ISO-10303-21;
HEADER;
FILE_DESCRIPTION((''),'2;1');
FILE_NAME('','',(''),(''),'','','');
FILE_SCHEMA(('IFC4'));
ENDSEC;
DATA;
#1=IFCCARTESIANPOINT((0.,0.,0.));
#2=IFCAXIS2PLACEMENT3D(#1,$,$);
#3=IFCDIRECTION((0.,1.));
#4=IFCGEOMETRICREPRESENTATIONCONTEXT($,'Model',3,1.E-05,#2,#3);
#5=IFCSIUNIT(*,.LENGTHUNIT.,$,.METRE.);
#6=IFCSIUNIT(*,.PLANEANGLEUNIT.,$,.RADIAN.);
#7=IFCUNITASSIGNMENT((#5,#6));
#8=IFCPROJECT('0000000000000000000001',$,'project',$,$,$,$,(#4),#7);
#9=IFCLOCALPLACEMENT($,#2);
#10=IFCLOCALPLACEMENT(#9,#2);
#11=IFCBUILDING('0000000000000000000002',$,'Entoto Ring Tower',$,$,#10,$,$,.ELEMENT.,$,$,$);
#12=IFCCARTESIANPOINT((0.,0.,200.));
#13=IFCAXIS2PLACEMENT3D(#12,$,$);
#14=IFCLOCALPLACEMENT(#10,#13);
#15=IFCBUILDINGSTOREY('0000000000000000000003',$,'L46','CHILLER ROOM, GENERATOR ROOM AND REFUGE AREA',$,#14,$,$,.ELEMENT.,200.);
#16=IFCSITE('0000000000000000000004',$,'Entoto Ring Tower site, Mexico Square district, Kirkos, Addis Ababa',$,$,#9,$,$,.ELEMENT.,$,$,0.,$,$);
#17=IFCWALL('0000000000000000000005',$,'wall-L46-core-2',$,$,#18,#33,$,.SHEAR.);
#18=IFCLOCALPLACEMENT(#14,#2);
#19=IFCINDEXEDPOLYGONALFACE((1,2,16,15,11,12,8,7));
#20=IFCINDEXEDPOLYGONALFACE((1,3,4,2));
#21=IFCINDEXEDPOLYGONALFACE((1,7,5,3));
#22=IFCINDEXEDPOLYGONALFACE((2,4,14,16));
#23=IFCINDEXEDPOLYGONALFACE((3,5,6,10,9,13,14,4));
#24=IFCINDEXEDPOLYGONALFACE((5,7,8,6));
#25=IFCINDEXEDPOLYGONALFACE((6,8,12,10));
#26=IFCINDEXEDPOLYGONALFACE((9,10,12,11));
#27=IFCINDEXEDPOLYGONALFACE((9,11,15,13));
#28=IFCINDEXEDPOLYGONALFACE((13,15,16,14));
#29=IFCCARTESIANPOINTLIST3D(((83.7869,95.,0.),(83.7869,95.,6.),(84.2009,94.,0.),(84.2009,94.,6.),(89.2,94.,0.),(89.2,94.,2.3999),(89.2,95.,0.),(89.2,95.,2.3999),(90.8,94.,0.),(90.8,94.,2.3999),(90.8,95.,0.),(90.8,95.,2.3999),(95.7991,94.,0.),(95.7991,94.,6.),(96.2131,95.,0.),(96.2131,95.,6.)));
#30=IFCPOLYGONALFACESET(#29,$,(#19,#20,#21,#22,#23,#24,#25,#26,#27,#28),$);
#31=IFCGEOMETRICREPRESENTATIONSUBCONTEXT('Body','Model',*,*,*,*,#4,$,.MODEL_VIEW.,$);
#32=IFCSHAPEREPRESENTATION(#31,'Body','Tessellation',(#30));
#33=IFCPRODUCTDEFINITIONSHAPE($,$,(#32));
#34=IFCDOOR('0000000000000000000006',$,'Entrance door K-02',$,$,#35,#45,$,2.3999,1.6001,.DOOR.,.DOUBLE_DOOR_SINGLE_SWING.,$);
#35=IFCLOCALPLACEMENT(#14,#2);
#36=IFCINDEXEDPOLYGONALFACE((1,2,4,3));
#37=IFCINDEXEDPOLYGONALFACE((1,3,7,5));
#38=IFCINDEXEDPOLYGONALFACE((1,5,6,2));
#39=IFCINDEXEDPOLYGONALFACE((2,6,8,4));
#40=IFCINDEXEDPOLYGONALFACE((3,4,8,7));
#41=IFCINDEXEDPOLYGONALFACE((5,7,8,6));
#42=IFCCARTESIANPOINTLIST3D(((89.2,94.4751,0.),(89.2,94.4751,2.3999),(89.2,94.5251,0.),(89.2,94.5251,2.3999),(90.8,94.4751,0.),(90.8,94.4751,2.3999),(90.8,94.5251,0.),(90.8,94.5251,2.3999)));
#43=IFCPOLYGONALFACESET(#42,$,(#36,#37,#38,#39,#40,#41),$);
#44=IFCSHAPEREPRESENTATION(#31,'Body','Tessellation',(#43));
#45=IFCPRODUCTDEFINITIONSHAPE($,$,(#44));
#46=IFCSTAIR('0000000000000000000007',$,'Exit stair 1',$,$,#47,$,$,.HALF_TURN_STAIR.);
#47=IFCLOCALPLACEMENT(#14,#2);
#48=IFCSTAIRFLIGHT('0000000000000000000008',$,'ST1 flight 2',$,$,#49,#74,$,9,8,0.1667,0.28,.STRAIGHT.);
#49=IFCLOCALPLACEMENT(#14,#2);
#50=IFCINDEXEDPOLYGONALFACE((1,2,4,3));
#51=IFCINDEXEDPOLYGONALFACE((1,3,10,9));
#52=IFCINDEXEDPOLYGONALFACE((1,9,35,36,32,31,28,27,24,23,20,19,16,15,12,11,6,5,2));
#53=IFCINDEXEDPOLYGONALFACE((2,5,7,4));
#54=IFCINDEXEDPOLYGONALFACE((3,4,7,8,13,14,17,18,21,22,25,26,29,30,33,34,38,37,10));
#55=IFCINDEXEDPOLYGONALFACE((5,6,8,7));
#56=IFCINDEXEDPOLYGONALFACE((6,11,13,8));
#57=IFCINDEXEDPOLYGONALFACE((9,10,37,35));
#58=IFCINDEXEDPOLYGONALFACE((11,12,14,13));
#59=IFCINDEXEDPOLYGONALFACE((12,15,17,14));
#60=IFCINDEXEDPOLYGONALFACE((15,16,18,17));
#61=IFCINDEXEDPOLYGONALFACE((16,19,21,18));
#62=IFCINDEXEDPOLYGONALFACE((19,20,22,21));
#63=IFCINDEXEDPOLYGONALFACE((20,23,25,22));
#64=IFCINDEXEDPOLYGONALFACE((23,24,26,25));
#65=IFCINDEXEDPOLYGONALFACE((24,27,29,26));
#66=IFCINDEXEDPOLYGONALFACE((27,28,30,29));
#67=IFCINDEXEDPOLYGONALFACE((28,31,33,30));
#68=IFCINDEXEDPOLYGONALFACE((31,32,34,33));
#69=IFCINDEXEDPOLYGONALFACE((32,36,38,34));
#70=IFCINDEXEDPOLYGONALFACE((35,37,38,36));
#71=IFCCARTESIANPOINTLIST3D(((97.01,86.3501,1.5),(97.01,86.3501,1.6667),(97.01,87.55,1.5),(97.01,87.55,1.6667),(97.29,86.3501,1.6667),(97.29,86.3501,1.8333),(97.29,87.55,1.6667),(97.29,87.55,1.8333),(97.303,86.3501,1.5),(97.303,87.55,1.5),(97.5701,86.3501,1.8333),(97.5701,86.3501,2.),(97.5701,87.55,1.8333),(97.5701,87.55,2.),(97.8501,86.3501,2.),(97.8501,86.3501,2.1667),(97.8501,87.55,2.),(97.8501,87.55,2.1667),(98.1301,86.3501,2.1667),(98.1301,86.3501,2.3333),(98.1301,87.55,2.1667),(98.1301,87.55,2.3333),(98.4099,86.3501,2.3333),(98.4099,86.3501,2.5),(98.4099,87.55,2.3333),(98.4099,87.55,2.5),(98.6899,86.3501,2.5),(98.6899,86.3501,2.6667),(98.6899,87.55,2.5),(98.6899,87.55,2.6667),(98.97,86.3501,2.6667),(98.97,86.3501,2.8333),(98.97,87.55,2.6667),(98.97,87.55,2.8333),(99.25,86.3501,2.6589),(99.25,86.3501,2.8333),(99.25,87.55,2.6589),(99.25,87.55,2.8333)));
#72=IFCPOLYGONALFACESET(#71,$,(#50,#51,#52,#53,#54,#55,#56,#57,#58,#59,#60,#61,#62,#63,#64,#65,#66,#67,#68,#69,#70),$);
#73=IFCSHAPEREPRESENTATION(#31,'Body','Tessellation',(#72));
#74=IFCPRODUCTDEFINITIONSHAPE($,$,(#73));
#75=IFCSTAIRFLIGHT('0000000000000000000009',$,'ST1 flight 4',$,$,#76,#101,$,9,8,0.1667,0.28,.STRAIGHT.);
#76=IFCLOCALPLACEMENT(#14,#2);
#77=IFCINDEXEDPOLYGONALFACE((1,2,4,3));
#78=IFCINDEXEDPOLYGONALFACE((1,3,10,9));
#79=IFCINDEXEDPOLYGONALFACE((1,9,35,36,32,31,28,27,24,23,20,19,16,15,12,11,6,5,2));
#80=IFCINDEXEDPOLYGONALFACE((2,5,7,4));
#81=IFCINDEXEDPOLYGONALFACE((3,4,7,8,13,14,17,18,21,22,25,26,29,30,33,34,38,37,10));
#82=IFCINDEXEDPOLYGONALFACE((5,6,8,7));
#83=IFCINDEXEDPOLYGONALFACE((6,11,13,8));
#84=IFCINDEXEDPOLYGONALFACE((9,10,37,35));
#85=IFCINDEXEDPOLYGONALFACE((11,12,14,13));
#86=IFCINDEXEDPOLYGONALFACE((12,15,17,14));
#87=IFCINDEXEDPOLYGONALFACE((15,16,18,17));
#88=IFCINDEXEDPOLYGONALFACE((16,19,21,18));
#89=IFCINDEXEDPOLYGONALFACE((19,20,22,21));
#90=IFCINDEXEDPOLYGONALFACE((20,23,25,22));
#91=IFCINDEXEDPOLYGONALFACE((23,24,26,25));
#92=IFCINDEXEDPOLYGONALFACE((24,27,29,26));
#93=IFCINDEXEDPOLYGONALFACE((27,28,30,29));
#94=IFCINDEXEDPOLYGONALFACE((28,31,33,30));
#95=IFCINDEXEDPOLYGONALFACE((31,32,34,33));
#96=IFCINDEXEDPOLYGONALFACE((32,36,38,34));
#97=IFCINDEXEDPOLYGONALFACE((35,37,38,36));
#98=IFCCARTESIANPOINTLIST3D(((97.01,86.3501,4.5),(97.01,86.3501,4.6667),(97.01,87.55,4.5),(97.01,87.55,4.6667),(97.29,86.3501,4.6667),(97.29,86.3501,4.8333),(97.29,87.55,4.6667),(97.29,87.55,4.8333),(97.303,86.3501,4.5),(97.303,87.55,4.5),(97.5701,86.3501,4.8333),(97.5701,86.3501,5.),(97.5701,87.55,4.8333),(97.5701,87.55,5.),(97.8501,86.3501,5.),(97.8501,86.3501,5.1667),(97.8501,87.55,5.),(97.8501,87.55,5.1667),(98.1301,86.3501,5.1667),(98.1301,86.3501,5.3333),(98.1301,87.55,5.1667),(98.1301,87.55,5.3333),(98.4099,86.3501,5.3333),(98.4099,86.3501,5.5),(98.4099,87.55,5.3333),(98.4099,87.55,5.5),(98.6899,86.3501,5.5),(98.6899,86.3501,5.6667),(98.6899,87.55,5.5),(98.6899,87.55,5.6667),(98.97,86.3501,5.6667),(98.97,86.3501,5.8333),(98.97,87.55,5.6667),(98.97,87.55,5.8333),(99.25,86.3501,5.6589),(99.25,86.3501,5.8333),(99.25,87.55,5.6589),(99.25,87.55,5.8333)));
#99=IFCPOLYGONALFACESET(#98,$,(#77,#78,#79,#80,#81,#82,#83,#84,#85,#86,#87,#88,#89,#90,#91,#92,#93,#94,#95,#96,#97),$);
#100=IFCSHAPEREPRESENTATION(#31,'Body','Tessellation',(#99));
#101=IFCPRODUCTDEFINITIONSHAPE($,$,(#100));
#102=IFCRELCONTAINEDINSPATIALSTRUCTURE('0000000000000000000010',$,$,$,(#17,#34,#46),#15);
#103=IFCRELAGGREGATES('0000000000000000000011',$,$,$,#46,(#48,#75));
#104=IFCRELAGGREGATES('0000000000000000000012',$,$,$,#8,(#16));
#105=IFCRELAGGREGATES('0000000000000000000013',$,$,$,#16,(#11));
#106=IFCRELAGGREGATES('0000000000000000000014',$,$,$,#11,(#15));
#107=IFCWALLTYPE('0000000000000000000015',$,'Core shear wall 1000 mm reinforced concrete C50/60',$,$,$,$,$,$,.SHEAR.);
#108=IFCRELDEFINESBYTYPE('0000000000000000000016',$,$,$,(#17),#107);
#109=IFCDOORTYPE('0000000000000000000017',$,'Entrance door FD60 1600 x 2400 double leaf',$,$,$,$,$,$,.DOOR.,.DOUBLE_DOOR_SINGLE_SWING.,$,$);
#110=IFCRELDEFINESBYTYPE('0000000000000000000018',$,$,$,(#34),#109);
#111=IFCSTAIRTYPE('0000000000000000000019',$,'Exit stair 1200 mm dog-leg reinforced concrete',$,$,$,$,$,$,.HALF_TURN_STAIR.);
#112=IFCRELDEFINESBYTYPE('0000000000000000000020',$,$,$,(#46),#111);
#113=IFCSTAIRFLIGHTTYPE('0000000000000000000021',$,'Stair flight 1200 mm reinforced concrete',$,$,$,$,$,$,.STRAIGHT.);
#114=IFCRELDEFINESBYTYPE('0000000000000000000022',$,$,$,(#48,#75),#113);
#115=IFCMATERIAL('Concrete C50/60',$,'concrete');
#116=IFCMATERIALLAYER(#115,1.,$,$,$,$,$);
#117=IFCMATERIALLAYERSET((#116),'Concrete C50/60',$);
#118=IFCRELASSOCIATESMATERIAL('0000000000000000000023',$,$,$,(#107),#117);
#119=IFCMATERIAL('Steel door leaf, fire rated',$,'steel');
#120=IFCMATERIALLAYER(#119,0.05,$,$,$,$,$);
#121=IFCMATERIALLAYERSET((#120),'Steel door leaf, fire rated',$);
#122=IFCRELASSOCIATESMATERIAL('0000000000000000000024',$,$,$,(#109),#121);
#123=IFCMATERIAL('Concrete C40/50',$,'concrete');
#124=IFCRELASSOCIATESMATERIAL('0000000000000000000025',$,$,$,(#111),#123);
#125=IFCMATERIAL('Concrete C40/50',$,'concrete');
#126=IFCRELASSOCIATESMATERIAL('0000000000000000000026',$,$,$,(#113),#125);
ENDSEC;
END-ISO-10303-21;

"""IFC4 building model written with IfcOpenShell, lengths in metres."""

from ifc_helpers import new_model, si_unit, direction, frame, frame_2d, origin, place, context, subcontext, project, spatial, polyline, rectangle, outline, extrude, material, layer, layer_set, type_object, element, fill, aggregate, save


model = new_model("IFC4")

# Units and contexts
model_context = context("Model", 3, precision=1e-05, world=origin(), true_north=direction((0.0, 1.0)))
body_context = subcontext(model_context, "Body", "Model", "MODEL_VIEW")
ifc_project = project(units=[si_unit("LENGTHUNIT", "METRE"), si_unit("PLANEANGLEUNIT", "RADIAN")], contexts=[model_context])

# Site, building, storey
site_placement = place(None, origin())
site = spatial("IfcSite", under=ifc_project, at=site_placement, Name="Entoto Ring Tower site, Mexico Square district, Kirkos, Addis Ababa", CompositionType="ELEMENT", RefElevation=0.0)
building_placement = place(site_placement, origin())
building = spatial("IfcBuilding", under=site, at=building_placement, Name="Entoto Ring Tower", CompositionType="ELEMENT")
storey_placement = place(building_placement, frame((0.0, 0.0, 200.0)))
storey = spatial("IfcBuildingStorey", under=building, at=storey_placement, Name="L46", Description="CHILLER ROOM, GENERATOR ROOM AND REFUGE AREA", CompositionType="ELEMENT", Elevation=200.0)

# Wall, opening, door
ifc_material_1 = material(Name="Concrete C50/60", Category="concrete")
ifc_layer_1 = layer(ifc_material_1, 1.0)
ifc_layer_set_1 = layer_set([ifc_layer_1], Name="Concrete C50/60")
wall_type_1 = type_object("IfcWallType", Name="Core shear wall 1000 mm reinforced concrete C50/60", PredefinedType="SHEAR", material=ifc_layer_set_1)
wall_1_placement = place(storey_placement, frame((96.0061, 94.5, 0.0), z_axis=(0.0, 0.0, 1.0), x_axis=(-1.0, 0.0, 0.0)))
wall_1 = element("IfcWall", 1, at=wall_1_placement, inside=storey, type_object=wall_type_1, Name="wall-L46-core-2", PredefinedType="SHEAR", context=body_context, shape_type="SweptSolid", body=[
    extrude(outline(polyline([(-0.207, -0.5), (12.2192, -0.5), (11.8052, 0.5), (0.207, 0.5), (-0.207, -0.5)])), origin(), (0.0, 0.0, 1.0), 6.0),
])
opening_1_placement = place(wall_1_placement, frame((5.2061, 0.0, 0.0)))
opening_1 = element("IfcOpeningElement", 2, at=opening_1_placement, cuts=wall_1, PredefinedType="OPENING", context=body_context, shape_type="SweptSolid", body=[
    extrude(rectangle(XDim=1.6001, YDim=2.3999, at=frame_2d((0.8, 1.2))), frame((0.0, 0.51, 0.0), z_axis=(0.0, -1.0, 0.0), x_axis=(1.0, 0.0, 0.0)), (0.0, 0.0, 1.0), 1.02),
])
ifc_material_2 = material(Name="Steel door leaf, fire rated", Category="steel")
ifc_layer_2 = layer(ifc_material_2, 0.05)
ifc_layer_set_2 = layer_set([ifc_layer_2], Name="Steel door leaf, fire rated")
door_type_1 = type_object("IfcDoorType", Name="Entrance door FD60 1600 x 2400 double leaf", OperationType="DOUBLE_DOOR_SINGLE_SWING", PredefinedType="DOOR", material=ifc_layer_set_2)
door_1_placement = place(opening_1_placement, origin())
door_1 = element("IfcDoor", 3, at=door_1_placement, inside=storey, type_object=door_type_1, Name="Entrance door K-02", OperationType="DOUBLE_DOOR_SINGLE_SWING", OverallHeight=2.3999, OverallWidth=1.6001, PredefinedType="DOOR", context=body_context, shape_type="SweptSolid", body=[
    extrude(rectangle(XDim=1.6001, YDim=2.3999, at=frame_2d((0.8, 1.2))), frame((0.0, 0.0249, 0.0), z_axis=(0.0, -1.0, 0.0), x_axis=(1.0, 0.0, 0.0)), (0.0, 0.0, 1.0), 0.05),
])
fill(opening_1, door_1)

# Stair, stair flights
ifc_material_3 = material(Name="Concrete C40/50", Category="concrete")
stair_type = type_object("IfcStairType", Name="Exit stair 1200 mm dog-leg reinforced concrete", PredefinedType="HALF_TURN_STAIR", material=ifc_material_3)
stair_placement = place(storey_placement, origin())
stair = element("IfcStair", 4, at=stair_placement, inside=storey, type_object=stair_type, Name="Exit stair 1", PredefinedType="HALF_TURN_STAIR")
ifc_material_4 = material(Name="Concrete C40/50", Category="concrete")
stair_flight_type = type_object("IfcStairFlightType", Name="Stair flight 1200 mm reinforced concrete", PredefinedType="STRAIGHT", material=ifc_material_4)
stair_flight_1_placement = place(storey_placement, frame((97.01, 86.95, 1.5), z_axis=(0.0, 0.0, 1.0), x_axis=(1.0, 0.0, 0.0)))
stair_flight_1 = element("IfcStairFlight", 5, at=stair_flight_1_placement, type_object=stair_flight_type, Name="ST1 flight 2", NumberOfRisers=9, NumberOfTreads=8, PredefinedType="STRAIGHT", RiserHeight=0.1667, TreadLength=0.28, context=body_context, shape_type="SweptSolid", body=[
    extrude(outline(polyline([(0.0, 0.0), (0.0, 0.1667), (0.28, 0.1667), (0.28, 0.3333), (0.5601, 0.3333), (0.5601, 0.5), (0.8401, 0.5), (0.8401, 0.6667), (1.1201, 0.6667), (1.1201, 0.8333), (1.3999, 0.8333), (1.3999, 1.0), (1.6799, 1.0), (1.6799, 1.1667), (1.96, 1.1667), (1.96, 1.3333), (2.24, 1.3333), (2.24, 1.5), (2.24, 1.1589), (0.293, 0.0), (0.0, 0.0)])), frame((0.0, 0.6001, 0.0), z_axis=(0.0, -1.0, 0.0), x_axis=(1.0, 0.0, 0.0)), (0.0, 0.0, 1.0), 1.2),
])
stair_flight_2_placement = place(storey_placement, frame((97.01, 86.95, 4.5), z_axis=(0.0, 0.0, 1.0), x_axis=(1.0, 0.0, 0.0)))
stair_flight_2 = element("IfcStairFlight", 6, at=stair_flight_2_placement, type_object=stair_flight_type, Name="ST1 flight 4", NumberOfRisers=9, NumberOfTreads=8, PredefinedType="STRAIGHT", RiserHeight=0.1667, TreadLength=0.28, context=body_context, shape_type="SweptSolid", body=[
    extrude(outline(polyline([(0.0, 0.0), (0.0, 0.1667), (0.28, 0.1667), (0.28, 0.3333), (0.5601, 0.3333), (0.5601, 0.5), (0.8401, 0.5), (0.8401, 0.6667), (1.1201, 0.6667), (1.1201, 0.8333), (1.3999, 0.8333), (1.3999, 1.0), (1.6799, 1.0), (1.6799, 1.1667), (1.96, 1.1667), (1.96, 1.3333), (2.24, 1.3333), (2.24, 1.5), (2.24, 1.1589), (0.293, 0.0), (0.0, 0.0)])), frame((0.0, 0.6001, 0.0), z_axis=(0.0, -1.0, 0.0), x_axis=(1.0, 0.0, 0.0)), (0.0, 0.0, 1.0), 1.2),
])
aggregate(stair, [stair_flight_1, stair_flight_2])

save(model, "model.ifc")
